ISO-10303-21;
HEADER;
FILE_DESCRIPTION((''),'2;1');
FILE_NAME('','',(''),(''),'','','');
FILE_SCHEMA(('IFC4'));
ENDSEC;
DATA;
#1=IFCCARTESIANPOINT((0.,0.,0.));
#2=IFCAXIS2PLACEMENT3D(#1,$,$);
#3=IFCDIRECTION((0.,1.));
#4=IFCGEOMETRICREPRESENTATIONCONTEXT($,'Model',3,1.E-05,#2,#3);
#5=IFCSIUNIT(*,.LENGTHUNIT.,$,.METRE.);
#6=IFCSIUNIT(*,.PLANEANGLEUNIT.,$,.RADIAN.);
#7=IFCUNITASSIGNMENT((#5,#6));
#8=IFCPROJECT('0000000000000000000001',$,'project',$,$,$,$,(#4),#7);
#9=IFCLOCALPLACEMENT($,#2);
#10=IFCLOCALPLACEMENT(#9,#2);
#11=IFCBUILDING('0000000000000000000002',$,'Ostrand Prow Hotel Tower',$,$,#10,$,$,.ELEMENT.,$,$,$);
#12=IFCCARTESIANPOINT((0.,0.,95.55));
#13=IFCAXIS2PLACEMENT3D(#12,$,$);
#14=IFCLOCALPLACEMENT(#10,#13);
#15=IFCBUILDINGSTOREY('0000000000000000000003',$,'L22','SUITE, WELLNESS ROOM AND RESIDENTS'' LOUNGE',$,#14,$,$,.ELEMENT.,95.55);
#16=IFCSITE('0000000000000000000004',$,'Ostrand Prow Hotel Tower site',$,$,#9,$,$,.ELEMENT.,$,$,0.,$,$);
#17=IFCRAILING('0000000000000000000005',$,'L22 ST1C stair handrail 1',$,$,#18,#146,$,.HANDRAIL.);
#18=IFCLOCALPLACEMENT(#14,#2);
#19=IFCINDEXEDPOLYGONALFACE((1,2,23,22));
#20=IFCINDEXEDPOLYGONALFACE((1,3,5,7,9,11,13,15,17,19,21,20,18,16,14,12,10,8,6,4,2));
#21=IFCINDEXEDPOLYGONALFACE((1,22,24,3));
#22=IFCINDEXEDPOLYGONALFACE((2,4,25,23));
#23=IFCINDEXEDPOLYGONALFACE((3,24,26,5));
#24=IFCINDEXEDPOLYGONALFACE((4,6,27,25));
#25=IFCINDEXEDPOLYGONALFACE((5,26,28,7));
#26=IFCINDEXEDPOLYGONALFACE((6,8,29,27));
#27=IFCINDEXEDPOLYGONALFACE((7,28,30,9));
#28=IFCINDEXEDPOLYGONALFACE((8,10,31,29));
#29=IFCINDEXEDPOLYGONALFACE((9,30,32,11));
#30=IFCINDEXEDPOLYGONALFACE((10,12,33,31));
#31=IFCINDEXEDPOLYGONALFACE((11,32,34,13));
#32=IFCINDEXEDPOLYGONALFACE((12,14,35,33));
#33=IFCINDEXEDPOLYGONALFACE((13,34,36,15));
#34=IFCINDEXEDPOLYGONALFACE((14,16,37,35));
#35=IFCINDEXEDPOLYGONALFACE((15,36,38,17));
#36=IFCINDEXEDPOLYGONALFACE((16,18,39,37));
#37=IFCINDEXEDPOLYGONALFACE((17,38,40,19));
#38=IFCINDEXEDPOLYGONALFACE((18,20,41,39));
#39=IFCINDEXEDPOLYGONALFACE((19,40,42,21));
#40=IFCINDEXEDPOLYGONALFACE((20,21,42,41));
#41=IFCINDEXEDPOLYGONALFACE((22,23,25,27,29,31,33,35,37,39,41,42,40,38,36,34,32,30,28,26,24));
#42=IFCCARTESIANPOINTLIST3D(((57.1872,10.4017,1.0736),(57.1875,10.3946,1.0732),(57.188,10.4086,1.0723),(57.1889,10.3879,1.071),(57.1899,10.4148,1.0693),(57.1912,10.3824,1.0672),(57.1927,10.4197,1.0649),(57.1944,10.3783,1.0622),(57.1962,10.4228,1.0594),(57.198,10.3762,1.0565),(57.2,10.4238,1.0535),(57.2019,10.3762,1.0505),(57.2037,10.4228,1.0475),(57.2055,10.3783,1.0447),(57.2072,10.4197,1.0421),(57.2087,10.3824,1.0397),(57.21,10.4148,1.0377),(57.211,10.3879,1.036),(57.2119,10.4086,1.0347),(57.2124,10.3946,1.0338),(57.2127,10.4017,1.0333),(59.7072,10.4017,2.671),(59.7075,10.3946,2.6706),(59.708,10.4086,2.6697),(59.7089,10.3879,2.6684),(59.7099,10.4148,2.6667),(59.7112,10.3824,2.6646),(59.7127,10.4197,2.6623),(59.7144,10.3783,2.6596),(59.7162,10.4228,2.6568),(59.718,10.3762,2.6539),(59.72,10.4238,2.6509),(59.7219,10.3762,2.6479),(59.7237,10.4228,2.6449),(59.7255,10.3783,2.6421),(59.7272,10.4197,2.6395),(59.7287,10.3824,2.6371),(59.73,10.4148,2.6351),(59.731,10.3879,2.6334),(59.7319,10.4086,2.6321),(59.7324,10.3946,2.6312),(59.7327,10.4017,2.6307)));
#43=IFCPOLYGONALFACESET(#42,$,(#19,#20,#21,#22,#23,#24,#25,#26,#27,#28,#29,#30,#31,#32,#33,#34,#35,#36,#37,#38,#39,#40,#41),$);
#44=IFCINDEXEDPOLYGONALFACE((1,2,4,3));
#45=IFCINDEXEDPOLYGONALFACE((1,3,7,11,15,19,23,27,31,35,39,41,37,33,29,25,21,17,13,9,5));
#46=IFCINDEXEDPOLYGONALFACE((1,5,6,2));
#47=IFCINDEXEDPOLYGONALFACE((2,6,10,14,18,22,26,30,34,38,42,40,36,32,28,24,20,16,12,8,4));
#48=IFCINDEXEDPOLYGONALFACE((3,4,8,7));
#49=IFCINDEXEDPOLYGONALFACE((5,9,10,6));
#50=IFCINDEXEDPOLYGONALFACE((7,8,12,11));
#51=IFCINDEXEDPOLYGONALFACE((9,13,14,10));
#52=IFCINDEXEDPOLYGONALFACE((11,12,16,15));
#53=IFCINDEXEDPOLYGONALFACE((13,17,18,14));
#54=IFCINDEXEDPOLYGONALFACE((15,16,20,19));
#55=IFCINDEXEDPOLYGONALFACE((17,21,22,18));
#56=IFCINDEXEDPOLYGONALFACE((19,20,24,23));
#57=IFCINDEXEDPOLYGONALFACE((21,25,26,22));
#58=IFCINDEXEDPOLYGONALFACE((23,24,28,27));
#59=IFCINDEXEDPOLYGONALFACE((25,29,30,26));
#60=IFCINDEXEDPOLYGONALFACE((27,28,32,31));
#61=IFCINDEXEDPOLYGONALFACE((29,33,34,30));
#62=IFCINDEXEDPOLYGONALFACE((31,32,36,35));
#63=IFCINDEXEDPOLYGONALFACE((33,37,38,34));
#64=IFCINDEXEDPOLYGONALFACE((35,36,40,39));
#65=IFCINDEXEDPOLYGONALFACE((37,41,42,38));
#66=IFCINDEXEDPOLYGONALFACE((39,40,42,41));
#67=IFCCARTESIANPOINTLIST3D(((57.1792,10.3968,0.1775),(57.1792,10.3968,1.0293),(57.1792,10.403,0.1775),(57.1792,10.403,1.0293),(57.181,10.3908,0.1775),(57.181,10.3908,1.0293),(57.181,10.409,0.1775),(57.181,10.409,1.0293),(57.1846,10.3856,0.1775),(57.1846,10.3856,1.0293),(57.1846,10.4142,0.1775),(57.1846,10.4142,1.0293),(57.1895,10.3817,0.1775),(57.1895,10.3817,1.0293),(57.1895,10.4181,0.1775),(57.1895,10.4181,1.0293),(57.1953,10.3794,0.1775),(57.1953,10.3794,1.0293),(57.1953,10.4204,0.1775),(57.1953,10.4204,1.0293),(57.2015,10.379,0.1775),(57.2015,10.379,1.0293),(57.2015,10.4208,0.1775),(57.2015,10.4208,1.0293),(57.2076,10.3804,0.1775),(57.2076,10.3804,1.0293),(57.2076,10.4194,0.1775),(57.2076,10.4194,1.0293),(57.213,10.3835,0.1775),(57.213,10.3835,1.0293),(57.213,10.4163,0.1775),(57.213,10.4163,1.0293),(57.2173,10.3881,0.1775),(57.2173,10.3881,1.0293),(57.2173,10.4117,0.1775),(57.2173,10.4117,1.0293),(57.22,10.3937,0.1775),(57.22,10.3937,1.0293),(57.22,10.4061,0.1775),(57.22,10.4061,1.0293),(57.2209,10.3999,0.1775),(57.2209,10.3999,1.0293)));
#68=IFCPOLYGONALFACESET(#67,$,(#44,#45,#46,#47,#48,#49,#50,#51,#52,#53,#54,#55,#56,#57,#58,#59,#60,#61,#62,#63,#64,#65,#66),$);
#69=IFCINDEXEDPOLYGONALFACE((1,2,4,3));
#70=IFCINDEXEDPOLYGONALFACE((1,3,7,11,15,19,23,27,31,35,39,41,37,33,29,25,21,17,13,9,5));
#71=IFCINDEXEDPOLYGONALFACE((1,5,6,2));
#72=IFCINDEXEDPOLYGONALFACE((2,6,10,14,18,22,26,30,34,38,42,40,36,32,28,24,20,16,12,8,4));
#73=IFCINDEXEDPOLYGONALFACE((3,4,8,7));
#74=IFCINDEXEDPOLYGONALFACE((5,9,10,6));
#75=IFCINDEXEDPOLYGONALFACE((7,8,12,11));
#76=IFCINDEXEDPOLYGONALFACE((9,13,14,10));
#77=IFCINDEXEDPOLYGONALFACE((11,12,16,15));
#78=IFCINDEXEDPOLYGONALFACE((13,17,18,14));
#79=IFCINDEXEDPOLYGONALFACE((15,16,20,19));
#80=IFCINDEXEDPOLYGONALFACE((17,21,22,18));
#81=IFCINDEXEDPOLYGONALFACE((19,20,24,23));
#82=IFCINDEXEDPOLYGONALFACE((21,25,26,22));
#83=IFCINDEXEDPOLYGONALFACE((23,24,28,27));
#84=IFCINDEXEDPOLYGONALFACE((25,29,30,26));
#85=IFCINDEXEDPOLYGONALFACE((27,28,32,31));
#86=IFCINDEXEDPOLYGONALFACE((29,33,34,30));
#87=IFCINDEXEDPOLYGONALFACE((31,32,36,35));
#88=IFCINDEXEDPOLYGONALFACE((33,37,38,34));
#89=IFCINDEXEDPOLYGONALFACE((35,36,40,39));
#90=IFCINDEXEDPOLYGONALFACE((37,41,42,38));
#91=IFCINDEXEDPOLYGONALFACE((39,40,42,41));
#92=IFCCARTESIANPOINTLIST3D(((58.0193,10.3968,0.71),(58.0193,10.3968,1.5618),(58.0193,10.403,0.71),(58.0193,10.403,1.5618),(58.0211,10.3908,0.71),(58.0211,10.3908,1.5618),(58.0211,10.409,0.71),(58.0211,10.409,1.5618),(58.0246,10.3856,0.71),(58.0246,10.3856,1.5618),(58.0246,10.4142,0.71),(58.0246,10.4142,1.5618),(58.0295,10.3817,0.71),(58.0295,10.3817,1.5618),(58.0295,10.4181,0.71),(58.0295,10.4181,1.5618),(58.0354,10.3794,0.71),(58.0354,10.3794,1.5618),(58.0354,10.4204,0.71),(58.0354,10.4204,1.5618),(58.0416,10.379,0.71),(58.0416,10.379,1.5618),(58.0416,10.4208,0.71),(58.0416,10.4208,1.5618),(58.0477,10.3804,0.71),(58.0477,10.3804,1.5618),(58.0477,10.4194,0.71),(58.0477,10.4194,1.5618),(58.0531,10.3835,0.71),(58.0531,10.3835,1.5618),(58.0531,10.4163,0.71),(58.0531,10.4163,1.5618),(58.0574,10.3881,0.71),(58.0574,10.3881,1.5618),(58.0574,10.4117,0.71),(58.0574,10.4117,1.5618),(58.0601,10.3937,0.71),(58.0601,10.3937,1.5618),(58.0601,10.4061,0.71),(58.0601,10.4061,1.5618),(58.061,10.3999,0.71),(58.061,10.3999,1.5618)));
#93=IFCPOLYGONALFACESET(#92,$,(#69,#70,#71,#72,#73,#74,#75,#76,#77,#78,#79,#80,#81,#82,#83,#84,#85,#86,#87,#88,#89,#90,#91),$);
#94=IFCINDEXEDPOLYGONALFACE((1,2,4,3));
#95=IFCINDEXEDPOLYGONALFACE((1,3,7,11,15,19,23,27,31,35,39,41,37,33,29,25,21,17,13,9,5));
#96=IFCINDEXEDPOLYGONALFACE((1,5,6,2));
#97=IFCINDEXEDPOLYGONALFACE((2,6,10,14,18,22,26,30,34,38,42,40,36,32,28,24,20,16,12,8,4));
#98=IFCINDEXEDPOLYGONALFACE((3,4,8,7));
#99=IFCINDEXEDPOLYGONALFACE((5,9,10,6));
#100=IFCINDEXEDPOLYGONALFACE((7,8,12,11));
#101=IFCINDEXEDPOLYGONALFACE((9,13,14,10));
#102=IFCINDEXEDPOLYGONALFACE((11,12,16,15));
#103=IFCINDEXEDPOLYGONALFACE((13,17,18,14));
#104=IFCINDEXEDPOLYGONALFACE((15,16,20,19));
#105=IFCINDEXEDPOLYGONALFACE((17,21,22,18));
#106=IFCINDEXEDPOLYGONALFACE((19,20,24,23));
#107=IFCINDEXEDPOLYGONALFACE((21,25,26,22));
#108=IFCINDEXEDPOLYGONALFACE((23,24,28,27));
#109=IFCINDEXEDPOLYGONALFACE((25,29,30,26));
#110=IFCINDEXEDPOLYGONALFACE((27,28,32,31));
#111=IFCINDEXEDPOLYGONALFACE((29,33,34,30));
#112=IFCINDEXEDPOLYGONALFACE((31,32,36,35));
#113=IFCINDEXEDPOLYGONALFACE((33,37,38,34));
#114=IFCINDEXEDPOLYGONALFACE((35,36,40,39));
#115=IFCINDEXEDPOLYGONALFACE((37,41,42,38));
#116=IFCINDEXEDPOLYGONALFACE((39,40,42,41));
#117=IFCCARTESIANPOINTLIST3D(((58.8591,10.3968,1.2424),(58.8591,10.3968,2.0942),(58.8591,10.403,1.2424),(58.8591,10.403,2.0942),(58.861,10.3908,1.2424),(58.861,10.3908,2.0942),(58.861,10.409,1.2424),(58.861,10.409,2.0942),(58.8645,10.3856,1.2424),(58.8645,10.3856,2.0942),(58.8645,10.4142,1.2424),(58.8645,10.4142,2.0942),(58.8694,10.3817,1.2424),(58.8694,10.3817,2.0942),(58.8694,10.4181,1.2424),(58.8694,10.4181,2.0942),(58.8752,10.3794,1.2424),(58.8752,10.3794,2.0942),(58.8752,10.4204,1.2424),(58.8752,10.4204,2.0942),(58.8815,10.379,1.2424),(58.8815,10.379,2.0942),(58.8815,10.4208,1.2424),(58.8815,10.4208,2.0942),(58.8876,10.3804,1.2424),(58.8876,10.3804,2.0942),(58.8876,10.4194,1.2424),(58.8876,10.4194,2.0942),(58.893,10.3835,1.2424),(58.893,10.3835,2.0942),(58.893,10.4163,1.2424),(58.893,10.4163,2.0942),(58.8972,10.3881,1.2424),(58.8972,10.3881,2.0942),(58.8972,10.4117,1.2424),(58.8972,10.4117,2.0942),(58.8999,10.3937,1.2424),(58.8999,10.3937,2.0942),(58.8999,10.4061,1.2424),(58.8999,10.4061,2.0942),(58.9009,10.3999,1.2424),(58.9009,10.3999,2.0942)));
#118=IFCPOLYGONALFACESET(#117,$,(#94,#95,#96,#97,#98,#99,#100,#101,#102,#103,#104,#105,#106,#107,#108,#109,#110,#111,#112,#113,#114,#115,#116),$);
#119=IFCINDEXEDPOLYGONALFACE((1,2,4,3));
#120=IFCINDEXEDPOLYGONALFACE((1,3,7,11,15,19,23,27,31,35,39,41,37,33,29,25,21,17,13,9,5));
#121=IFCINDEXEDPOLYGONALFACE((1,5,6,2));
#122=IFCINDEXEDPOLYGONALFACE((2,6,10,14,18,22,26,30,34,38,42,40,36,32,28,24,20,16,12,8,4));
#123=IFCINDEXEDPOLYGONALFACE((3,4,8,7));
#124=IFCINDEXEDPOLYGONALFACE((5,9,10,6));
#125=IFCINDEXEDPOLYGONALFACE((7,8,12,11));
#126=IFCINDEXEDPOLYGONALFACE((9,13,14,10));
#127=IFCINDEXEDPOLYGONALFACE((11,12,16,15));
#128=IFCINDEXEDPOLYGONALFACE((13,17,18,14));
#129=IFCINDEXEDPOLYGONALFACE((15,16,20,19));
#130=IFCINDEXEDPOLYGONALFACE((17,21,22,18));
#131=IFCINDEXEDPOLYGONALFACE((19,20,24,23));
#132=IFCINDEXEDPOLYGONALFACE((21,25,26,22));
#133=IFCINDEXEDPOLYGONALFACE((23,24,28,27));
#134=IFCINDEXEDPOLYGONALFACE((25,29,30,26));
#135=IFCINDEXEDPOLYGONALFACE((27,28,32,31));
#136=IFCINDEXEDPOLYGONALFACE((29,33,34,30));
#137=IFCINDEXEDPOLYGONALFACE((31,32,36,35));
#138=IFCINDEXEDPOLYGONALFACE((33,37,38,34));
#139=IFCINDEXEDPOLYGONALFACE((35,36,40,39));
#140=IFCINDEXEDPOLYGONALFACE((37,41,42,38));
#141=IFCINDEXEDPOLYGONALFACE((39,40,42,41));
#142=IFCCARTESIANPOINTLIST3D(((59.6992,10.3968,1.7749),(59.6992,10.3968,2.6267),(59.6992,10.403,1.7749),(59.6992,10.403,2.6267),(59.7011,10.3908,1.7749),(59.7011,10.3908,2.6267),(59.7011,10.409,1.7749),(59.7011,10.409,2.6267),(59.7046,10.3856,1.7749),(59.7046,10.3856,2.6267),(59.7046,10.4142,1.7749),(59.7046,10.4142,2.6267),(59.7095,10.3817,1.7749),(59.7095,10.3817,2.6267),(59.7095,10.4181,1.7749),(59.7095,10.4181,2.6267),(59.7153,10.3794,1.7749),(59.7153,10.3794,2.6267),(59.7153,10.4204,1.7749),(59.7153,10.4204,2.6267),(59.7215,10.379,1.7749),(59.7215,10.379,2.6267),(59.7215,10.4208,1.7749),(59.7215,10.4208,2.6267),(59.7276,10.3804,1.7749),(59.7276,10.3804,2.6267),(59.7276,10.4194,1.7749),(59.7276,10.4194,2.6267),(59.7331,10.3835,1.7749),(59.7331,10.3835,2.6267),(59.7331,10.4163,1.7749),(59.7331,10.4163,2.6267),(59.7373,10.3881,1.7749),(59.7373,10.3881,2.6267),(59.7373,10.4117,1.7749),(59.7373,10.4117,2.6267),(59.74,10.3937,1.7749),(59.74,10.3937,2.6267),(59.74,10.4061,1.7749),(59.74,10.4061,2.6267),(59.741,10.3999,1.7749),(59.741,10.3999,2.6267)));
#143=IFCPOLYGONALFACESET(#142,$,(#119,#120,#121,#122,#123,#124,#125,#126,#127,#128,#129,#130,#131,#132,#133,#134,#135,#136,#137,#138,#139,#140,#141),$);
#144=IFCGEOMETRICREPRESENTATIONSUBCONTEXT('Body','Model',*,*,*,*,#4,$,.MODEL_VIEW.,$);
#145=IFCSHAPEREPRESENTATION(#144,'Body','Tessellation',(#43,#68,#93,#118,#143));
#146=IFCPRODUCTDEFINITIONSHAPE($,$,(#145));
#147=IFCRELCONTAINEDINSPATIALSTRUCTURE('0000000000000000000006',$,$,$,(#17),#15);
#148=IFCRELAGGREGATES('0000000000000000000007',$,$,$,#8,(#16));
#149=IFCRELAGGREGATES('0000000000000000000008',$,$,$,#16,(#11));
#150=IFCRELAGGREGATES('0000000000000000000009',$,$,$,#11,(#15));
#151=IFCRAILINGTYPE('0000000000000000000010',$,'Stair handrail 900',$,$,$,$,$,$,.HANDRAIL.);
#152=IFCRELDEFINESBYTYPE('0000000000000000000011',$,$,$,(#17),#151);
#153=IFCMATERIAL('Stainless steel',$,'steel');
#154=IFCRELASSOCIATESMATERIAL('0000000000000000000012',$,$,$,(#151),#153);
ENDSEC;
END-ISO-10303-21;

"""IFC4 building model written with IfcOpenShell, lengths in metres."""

from ifc_helpers import new_model, si_unit, direction, frame, origin, origin_2d, place, context, subcontext, project, spatial, circle, extrude, material, type_object, element, save


model = new_model("IFC4")

# Units and contexts
model_context = context("Model", 3, precision=1e-05, world=origin(), true_north=direction((0.0, 1.0)))
body_context = subcontext(model_context, "Body", "Model", "MODEL_VIEW")
ifc_project = project(units=[si_unit("LENGTHUNIT", "METRE"), si_unit("PLANEANGLEUNIT", "RADIAN")], contexts=[model_context])

# Site, building, storey
site_placement = place(None, origin())
site = spatial("IfcSite", under=ifc_project, at=site_placement, Name="Ostrand Prow Hotel Tower site", CompositionType="ELEMENT", RefElevation=0.0)
building_placement = place(site_placement, origin())
building = spatial("IfcBuilding", under=site, at=building_placement, Name="Ostrand Prow Hotel Tower", CompositionType="ELEMENT")
storey_placement = place(building_placement, frame((0.0, 0.0, 95.55)))
storey = spatial("IfcBuildingStorey", under=building, at=storey_placement, Name="L22", Description="SUITE, WELLNESS ROOM AND RESIDENTS' LOUNGE", CompositionType="ELEMENT", Elevation=95.55)

# Railing
ifc_material_1 = material(Name="Stainless steel", Category="steel")
railing_type_1 = type_object("IfcRailingType", Name="Stair handrail 900", PredefinedType="HANDRAIL", material=ifc_material_1)
railing_1_placement = place(storey_placement, frame((57.2, 10.3999, 0.1775)))
element("IfcRailing", 1, at=railing_1_placement, inside=storey, type_object=railing_type_1, Name="L22 ST1C stair handrail 1", PredefinedType="HANDRAIL", context=body_context, shape_type="SweptSolid", body=[
    extrude(circle(Radius=0.0239, at=origin_2d()), frame((0.0, 0.0, 0.876), z_axis=(0.844607, 0.0, 0.535387), x_axis=(0.0, 1.0, 0.0)), (0.0, 0.0, 1.0), 2.9836),
    extrude(circle(Radius=0.021, at=origin_2d()), origin(), (0.0, 0.0, 1.0), 0.8518),
    extrude(circle(Radius=0.021, at=origin_2d()), frame((0.8401, 0.0, 0.5325)), (0.0, 0.0, 1.0), 0.8518),
    extrude(circle(Radius=0.021, at=origin_2d()), frame((1.6799, 0.0, 1.0649)), (0.0, 0.0, 1.0), 0.8518),
    extrude(circle(Radius=0.021, at=origin_2d()), frame((2.52, 0.0, 1.5974)), (0.0, 0.0, 1.0), 0.8518),
])

save(model, "model.ifc")
